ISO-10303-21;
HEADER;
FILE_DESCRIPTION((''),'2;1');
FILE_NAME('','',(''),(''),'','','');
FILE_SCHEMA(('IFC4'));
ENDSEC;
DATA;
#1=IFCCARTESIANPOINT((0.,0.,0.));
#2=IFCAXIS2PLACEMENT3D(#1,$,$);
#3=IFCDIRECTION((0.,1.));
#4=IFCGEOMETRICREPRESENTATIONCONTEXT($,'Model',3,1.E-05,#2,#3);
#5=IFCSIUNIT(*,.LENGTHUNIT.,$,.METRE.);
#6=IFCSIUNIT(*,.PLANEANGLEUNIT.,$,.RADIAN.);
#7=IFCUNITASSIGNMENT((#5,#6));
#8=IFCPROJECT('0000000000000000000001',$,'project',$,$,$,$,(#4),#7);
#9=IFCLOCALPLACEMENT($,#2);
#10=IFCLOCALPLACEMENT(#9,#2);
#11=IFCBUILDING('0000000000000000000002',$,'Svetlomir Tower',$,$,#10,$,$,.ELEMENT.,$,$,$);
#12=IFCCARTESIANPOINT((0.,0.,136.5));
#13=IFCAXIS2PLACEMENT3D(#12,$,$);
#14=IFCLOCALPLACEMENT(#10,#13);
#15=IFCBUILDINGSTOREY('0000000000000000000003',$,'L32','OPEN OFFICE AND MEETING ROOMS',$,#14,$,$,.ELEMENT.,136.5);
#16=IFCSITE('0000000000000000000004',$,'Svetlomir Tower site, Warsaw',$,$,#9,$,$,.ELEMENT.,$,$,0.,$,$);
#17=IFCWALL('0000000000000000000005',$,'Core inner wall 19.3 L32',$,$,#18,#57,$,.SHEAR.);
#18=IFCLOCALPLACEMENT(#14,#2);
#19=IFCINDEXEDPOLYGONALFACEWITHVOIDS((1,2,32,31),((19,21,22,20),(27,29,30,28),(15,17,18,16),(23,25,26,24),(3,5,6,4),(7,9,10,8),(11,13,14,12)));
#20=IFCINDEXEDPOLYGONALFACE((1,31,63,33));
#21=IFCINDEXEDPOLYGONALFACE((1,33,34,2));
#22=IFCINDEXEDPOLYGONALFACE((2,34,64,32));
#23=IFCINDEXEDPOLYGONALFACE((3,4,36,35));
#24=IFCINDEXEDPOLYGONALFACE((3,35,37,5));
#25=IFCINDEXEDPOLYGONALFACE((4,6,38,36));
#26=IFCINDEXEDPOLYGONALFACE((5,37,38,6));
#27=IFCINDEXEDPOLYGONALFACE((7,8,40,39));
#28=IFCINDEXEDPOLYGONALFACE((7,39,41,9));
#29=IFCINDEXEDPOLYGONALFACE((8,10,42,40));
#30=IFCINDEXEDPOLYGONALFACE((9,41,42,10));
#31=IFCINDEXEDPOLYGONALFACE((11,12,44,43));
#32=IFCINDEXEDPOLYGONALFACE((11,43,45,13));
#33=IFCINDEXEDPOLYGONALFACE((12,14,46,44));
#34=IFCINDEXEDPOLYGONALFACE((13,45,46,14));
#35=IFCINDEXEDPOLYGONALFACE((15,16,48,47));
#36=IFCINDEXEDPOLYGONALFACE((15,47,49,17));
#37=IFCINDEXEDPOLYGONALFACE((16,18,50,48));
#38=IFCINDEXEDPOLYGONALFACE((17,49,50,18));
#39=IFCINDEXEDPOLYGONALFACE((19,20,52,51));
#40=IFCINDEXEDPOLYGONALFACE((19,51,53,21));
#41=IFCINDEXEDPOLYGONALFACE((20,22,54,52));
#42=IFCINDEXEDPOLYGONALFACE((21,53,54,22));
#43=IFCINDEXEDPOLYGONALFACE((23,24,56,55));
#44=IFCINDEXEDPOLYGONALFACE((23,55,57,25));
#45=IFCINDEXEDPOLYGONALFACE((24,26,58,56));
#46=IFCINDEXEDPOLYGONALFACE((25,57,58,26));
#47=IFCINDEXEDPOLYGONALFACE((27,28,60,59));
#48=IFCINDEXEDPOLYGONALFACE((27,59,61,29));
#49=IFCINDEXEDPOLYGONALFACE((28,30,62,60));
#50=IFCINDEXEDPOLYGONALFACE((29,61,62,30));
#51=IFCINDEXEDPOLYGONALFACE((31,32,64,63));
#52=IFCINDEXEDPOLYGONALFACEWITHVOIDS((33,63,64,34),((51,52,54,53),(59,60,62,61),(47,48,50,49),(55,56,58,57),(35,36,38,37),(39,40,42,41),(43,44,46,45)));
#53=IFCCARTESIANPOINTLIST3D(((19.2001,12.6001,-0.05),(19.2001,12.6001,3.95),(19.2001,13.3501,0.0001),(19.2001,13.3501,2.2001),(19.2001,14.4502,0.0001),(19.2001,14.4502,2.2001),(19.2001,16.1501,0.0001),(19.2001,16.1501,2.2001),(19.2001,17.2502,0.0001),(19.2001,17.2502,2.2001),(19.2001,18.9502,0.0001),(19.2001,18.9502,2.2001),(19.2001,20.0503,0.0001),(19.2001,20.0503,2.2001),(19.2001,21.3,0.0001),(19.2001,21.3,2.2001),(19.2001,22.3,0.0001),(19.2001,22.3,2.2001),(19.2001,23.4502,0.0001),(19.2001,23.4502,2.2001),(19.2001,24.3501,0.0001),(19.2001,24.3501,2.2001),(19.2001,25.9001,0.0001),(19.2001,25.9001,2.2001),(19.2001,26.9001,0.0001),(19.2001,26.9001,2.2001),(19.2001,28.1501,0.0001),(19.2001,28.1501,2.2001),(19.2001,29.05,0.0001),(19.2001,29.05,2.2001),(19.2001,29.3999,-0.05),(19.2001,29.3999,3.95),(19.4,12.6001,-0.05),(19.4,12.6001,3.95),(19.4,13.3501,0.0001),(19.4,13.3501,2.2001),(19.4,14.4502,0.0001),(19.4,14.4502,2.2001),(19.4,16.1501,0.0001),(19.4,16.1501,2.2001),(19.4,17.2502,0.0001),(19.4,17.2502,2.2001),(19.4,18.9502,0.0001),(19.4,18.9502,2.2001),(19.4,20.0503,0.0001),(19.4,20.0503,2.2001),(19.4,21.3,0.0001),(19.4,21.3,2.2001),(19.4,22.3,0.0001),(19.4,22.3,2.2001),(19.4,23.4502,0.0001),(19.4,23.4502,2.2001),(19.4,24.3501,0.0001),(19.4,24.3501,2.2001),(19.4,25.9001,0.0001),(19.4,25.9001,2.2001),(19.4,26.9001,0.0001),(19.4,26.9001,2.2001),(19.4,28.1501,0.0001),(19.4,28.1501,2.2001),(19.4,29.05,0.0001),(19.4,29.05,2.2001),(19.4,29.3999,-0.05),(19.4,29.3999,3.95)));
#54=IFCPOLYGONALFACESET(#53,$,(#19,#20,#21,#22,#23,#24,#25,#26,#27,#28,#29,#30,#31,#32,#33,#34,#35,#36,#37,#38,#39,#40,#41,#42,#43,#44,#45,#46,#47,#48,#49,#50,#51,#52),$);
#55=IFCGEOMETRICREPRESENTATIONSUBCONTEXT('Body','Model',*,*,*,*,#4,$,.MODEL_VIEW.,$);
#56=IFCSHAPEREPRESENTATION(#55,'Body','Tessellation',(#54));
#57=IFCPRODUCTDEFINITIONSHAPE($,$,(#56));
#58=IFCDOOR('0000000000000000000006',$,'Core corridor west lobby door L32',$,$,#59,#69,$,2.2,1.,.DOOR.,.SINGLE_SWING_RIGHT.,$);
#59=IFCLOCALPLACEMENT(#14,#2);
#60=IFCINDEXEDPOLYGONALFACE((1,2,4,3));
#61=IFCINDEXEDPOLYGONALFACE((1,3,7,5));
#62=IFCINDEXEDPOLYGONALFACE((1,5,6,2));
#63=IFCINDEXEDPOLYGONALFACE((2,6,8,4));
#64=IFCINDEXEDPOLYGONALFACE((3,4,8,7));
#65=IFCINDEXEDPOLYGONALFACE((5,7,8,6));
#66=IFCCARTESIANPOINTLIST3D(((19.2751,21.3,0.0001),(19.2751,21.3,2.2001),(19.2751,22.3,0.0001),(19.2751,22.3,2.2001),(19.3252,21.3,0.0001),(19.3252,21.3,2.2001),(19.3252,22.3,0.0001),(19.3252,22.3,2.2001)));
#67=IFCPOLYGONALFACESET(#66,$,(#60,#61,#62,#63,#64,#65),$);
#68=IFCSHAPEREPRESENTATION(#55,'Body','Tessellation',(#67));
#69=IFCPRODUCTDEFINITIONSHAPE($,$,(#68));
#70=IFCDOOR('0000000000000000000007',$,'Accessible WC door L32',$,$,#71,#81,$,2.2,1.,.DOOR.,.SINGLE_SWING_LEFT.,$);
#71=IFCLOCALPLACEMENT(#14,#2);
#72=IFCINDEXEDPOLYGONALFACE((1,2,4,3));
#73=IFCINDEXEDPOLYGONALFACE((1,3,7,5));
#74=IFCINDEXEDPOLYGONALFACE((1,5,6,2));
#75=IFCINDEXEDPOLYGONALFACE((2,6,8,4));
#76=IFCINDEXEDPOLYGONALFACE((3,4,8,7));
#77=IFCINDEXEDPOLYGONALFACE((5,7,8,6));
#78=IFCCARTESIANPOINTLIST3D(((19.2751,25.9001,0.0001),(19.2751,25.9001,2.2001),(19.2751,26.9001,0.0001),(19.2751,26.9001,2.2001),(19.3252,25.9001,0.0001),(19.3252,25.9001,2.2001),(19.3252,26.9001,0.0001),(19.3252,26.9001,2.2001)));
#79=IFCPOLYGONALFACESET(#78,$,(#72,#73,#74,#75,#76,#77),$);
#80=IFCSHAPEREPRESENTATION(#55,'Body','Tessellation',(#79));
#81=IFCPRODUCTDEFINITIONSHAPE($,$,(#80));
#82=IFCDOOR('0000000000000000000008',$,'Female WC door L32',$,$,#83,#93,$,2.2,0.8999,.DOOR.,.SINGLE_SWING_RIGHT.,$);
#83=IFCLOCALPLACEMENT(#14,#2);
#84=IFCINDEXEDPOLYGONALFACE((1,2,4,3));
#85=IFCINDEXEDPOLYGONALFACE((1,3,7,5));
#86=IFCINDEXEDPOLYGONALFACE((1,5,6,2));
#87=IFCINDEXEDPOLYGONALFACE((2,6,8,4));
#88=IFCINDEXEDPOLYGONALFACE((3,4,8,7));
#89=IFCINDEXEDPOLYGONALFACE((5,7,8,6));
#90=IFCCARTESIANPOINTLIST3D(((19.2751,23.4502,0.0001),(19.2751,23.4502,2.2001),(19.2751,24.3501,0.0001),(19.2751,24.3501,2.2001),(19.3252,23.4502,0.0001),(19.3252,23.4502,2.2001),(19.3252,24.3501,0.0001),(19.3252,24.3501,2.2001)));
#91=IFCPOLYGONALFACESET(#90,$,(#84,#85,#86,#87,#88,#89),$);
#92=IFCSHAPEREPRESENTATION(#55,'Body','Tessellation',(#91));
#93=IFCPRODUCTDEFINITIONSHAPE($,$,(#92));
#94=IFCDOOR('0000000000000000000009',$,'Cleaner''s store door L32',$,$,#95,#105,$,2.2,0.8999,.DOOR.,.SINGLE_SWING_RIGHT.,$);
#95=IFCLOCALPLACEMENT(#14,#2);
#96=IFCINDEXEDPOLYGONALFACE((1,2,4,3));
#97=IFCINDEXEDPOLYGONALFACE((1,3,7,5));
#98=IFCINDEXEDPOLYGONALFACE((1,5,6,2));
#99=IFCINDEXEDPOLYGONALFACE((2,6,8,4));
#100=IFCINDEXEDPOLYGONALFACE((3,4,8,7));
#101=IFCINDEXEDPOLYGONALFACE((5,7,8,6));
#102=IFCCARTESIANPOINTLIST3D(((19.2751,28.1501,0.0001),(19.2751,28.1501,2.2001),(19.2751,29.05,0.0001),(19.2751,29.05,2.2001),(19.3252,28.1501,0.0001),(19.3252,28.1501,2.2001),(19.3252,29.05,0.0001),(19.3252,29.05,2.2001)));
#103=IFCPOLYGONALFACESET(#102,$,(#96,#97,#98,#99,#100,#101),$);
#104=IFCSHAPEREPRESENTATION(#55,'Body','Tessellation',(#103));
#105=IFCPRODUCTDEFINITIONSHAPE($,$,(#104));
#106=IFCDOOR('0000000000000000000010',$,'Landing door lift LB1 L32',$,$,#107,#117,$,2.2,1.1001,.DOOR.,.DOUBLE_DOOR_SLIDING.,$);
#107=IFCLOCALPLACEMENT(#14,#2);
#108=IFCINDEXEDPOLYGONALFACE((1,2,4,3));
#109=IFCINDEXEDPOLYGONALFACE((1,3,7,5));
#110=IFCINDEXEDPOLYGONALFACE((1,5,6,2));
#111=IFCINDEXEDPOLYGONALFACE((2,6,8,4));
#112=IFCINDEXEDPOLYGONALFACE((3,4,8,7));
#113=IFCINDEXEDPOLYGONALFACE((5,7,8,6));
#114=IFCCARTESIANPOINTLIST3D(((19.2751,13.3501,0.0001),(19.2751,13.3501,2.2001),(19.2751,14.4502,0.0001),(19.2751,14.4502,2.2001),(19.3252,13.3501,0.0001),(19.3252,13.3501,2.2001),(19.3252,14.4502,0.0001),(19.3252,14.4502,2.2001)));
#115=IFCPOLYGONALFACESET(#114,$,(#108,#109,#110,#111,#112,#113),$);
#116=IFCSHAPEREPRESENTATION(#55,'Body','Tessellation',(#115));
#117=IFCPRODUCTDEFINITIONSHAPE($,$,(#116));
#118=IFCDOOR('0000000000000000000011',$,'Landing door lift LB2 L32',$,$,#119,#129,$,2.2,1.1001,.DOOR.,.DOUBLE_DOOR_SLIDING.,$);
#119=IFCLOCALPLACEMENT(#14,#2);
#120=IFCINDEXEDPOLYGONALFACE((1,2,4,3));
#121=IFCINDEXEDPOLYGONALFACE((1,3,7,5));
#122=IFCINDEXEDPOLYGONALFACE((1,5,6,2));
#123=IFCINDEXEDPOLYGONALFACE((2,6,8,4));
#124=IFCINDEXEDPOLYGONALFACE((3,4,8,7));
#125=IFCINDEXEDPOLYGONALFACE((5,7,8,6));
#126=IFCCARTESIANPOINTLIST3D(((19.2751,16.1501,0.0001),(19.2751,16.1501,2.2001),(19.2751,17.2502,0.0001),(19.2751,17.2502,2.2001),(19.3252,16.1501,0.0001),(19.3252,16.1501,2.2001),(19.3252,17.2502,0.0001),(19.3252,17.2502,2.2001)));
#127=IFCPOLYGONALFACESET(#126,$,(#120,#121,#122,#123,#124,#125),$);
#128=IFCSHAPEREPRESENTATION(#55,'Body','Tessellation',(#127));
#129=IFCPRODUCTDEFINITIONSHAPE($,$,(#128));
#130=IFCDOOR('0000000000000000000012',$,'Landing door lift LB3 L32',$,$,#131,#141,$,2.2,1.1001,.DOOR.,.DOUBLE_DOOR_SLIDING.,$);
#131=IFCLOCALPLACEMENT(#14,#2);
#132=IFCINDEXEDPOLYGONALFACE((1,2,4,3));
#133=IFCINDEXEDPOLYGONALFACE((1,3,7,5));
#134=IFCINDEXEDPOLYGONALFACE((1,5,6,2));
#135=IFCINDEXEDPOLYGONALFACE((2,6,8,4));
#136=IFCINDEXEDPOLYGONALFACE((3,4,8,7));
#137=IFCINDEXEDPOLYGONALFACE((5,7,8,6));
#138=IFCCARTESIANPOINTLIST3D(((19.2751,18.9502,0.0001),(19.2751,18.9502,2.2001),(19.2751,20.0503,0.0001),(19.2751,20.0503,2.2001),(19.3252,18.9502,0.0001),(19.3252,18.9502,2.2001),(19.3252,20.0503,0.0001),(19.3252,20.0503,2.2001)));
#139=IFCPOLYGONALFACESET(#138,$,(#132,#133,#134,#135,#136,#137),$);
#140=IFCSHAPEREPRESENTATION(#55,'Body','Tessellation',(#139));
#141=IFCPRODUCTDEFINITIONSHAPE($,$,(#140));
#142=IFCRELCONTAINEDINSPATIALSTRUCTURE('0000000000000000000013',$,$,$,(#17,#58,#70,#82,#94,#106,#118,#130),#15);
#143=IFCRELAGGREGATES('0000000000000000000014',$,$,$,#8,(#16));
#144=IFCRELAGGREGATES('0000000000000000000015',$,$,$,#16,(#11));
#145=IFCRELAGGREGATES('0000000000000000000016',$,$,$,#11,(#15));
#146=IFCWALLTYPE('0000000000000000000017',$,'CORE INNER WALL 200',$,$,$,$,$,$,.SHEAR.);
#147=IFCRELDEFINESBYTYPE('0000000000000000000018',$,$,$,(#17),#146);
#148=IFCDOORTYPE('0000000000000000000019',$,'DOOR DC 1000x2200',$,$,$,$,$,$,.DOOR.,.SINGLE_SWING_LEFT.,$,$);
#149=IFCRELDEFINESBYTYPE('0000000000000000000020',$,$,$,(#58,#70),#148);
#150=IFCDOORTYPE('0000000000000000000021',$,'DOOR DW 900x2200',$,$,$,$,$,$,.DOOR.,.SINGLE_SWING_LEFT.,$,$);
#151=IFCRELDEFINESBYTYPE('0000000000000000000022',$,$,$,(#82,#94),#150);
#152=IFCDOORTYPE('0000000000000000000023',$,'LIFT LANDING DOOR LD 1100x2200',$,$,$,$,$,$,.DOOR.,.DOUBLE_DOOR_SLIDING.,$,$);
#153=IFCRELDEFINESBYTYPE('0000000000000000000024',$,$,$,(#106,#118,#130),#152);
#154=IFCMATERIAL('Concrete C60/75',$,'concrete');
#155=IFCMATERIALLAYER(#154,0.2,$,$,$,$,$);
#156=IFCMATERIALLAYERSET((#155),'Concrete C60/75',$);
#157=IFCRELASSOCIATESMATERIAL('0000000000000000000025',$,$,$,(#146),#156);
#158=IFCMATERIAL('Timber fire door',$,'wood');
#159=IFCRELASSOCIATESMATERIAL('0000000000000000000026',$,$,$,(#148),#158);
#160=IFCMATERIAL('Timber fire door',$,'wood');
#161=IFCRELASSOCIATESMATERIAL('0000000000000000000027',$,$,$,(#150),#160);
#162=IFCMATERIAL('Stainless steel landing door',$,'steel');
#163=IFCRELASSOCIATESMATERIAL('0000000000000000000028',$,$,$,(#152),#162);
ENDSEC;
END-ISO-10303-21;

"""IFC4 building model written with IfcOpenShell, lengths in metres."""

from ifc_helpers import new_model, si_unit, direction, frame, frame_2d, origin, place, context, subcontext, project, spatial, rectangle, extrude, material, layer, layer_set, type_object, element, fill, save


model = new_model("IFC4")

# Units and contexts
model_context = context("Model", 3, precision=1e-05, world=origin(), true_north=direction((0.0, 1.0)))
body_context = subcontext(model_context, "Body", "Model", "MODEL_VIEW")
ifc_project = project(units=[si_unit("LENGTHUNIT", "METRE"), si_unit("PLANEANGLEUNIT", "RADIAN")], contexts=[model_context])

# Site, building, storey
site_placement = place(None, origin())
site = spatial("IfcSite", under=ifc_project, at=site_placement, Name="Svetlomir Tower site, Warsaw", CompositionType="ELEMENT", RefElevation=0.0)
building_placement = place(site_placement, origin())
building = spatial("IfcBuilding", under=site, at=building_placement, Name="Svetlomir Tower", CompositionType="ELEMENT")
storey_placement = place(building_placement, frame((0.0, 0.0, 136.5)))
storey = spatial("IfcBuildingStorey", under=building, at=storey_placement, Name="L32", Description="OPEN OFFICE AND MEETING ROOMS", CompositionType="ELEMENT", Elevation=136.5)

# Shared definitions
ifc_material_1 = material(Name="Concrete C60/75", Category="concrete")
ifc_layer_1 = layer(ifc_material_1, 0.2)
ifc_layer_set_1 = layer_set([ifc_layer_1], Name="Concrete C60/75")
wall_type_1 = type_object("IfcWallType", Name="CORE INNER WALL 200", PredefinedType="SHEAR", material=ifc_layer_set_1)

# Wall, openings, doors
wall_1_placement = place(storey_placement, frame((19.3, 12.6001, -0.05), z_axis=(0.0, 0.0, 1.0), x_axis=(0.0, 1.0, 0.0)))
wall_1 = element("IfcWall", 1, at=wall_1_placement, inside=storey, type_object=wall_type_1, Name="Core inner wall 19.3 L32", PredefinedType="SHEAR", context=body_context, shape_type="SweptSolid", body=[
    extrude(rectangle(XDim=16.7998, YDim=0.2, at=frame_2d((8.3999, 0.0))), origin(), (0.0, 0.0, 1.0), 4.0),
])
opening_1_placement = place(wall_1_placement, frame((8.7, 0.0, 0.05)))
opening_1 = element("IfcOpeningElement", 2, at=opening_1_placement, cuts=wall_1, PredefinedType="OPENING", context=body_context, shape_type="SweptSolid", body=[
    extrude(rectangle(XDim=1.0, YDim=2.2, at=frame_2d((0.5, 1.1001))), frame((0.0, 0.1099, 0.0), z_axis=(0.0, -1.0, 0.0), x_axis=(1.0, 0.0, 0.0)), (0.0, 0.0, 1.0), 0.22),
])
opening_2_placement = place(wall_1_placement, frame((10.8501, 0.0, 0.05)))
opening_2 = element("IfcOpeningElement", 3, at=opening_2_placement, cuts=wall_1, PredefinedType="OPENING", context=body_context, shape_type="SweptSolid", body=[
    extrude(rectangle(XDim=0.8999, YDim=2.2, at=frame_2d((0.45, 1.1001))), frame((0.0, 0.1099, 0.0), z_axis=(0.0, -1.0, 0.0), x_axis=(1.0, 0.0, 0.0)), (0.0, 0.0, 1.0), 0.22),
])
opening_3_placement = place(wall_1_placement, frame((13.3, 0.0, 0.05)))
opening_3 = element("IfcOpeningElement", 4, at=opening_3_placement, cuts=wall_1, PredefinedType="OPENING", context=body_context, shape_type="SweptSolid", body=[
    extrude(rectangle(XDim=1.0, YDim=2.2, at=frame_2d((0.5, 1.1001))), frame((0.0, 0.1099, 0.0), z_axis=(0.0, -1.0, 0.0), x_axis=(1.0, 0.0, 0.0)), (0.0, 0.0, 1.0), 0.22),
])
opening_4_placement = place(wall_1_placement, frame((15.55, 0.0, 0.05)))
opening_4 = element("IfcOpeningElement", 5, at=opening_4_placement, cuts=wall_1, PredefinedType="OPENING", context=body_context, shape_type="SweptSolid", body=[
    extrude(rectangle(XDim=0.8999, YDim=2.2, at=frame_2d((0.45, 1.1001))), frame((0.0, 0.1099, 0.0), z_axis=(0.0, -1.0, 0.0), x_axis=(1.0, 0.0, 0.0)), (0.0, 0.0, 1.0), 0.22),
])
opening_5_placement = place(wall_1_placement, frame((0.75, 0.0, 0.05)))
opening_5 = element("IfcOpeningElement", 6, at=opening_5_placement, cuts=wall_1, PredefinedType="OPENING", context=body_context, shape_type="SweptSolid", body=[
    extrude(rectangle(XDim=1.1001, YDim=2.2, at=frame_2d((0.55, 1.1001))), frame((0.0, 0.1099, 0.0), z_axis=(0.0, -1.0, 0.0), x_axis=(1.0, 0.0, 0.0)), (0.0, 0.0, 1.0), 0.22),
])
opening_6_placement = place(wall_1_placement, frame((3.55, 0.0, 0.05)))
opening_6 = element("IfcOpeningElement", 7, at=opening_6_placement, cuts=wall_1, PredefinedType="OPENING", context=body_context, shape_type="SweptSolid", body=[
    extrude(rectangle(XDim=1.1001, YDim=2.2, at=frame_2d((0.55, 1.1001))), frame((0.0, 0.1099, 0.0), z_axis=(0.0, -1.0, 0.0), x_axis=(1.0, 0.0, 0.0)), (0.0, 0.0, 1.0), 0.22),
])
opening_7_placement = place(wall_1_placement, frame((6.3501, 0.0, 0.05)))
opening_7 = element("IfcOpeningElement", 8, at=opening_7_placement, cuts=wall_1, PredefinedType="OPENING", context=body_context, shape_type="SweptSolid", body=[
    extrude(rectangle(XDim=1.1001, YDim=2.2, at=frame_2d((0.55, 1.1001))), frame((0.0, 0.1099, 0.0), z_axis=(0.0, -1.0, 0.0), x_axis=(1.0, 0.0, 0.0)), (0.0, 0.0, 1.0), 0.22),
])
ifc_material_2 = material(Name="Timber fire door", Category="wood")
door_type_1 = type_object("IfcDoorType", Name="DOOR DC 1000x2200", OperationType="SINGLE_SWING_LEFT", PredefinedType="DOOR", material=ifc_material_2)
door_1_placement = place(opening_1_placement, origin())
door_1 = element("IfcDoor", 9, at=door_1_placement, inside=storey, type_object=door_type_1, Name="Core corridor west lobby door L32", OperationType="SINGLE_SWING_RIGHT", OverallHeight=2.2, OverallWidth=1.0, PredefinedType="DOOR", context=body_context, shape_type="SweptSolid", body=[
    extrude(rectangle(XDim=1.0, YDim=2.2, at=frame_2d((0.5, 1.1001))), frame((0.0, 0.0249, 0.0), z_axis=(0.0, -1.0, 0.0), x_axis=(1.0, 0.0, 0.0)), (0.0, 0.0, 1.0), 0.05),
])
fill(opening_1, door_1)
door_2_placement = place(opening_3_placement, origin())
door_2 = element("IfcDoor", 10, at=door_2_placement, inside=storey, type_object=door_type_1, Name="Accessible WC door L32", OperationType="SINGLE_SWING_LEFT", OverallHeight=2.2, OverallWidth=1.0, PredefinedType="DOOR", context=body_context, shape_type="SweptSolid", body=[
    extrude(rectangle(XDim=1.0, YDim=2.2, at=frame_2d((0.5, 1.1001))), frame((0.0, 0.0249, 0.0), z_axis=(0.0, -1.0, 0.0), x_axis=(1.0, 0.0, 0.0)), (0.0, 0.0, 1.0), 0.05),
])
fill(opening_3, door_2)
ifc_material_3 = material(Name="Timber fire door", Category="wood")
door_type_2 = type_object("IfcDoorType", Name="DOOR DW 900x2200", OperationType="SINGLE_SWING_LEFT", PredefinedType="DOOR", material=ifc_material_3)
door_3_placement = place(opening_2_placement, origin())
door_3 = element("IfcDoor", 11, at=door_3_placement, inside=storey, type_object=door_type_2, Name="Female WC door L32", OperationType="SINGLE_SWING_RIGHT", OverallHeight=2.2, OverallWidth=0.8999, PredefinedType="DOOR", context=body_context, shape_type="SweptSolid", body=[
    extrude(rectangle(XDim=0.8999, YDim=2.2, at=frame_2d((0.45, 1.1001))), frame((0.0, 0.0249, 0.0), z_axis=(0.0, -1.0, 0.0), x_axis=(1.0, 0.0, 0.0)), (0.0, 0.0, 1.0), 0.05),
])
fill(opening_2, door_3)
door_4_placement = place(opening_4_placement, origin())
door_4 = element("IfcDoor", 12, at=door_4_placement, inside=storey, type_object=door_type_2, Name="Cleaner's store door L32", OperationType="SINGLE_SWING_RIGHT", OverallHeight=2.2, OverallWidth=0.8999, PredefinedType="DOOR", context=body_context, shape_type="SweptSolid", body=[
    extrude(rectangle(XDim=0.8999, YDim=2.2, at=frame_2d((0.45, 1.1001))), frame((0.0, 0.0249, 0.0), z_axis=(0.0, -1.0, 0.0), x_axis=(1.0, 0.0, 0.0)), (0.0, 0.0, 1.0), 0.05),
])
fill(opening_4, door_4)
ifc_material_4 = material(Name="Stainless steel landing door", Category="steel")
door_type_3 = type_object("IfcDoorType", Name="LIFT LANDING DOOR LD 1100x2200", OperationType="DOUBLE_DOOR_SLIDING", PredefinedType="DOOR", material=ifc_material_4)
door_5_placement = place(opening_5_placement, origin())
door_5 = element("IfcDoor", 13, at=door_5_placement, inside=storey, type_object=door_type_3, Name="Landing door lift LB1 L32", OperationType="DOUBLE_DOOR_SLIDING", OverallHeight=2.2, OverallWidth=1.1001, PredefinedType="DOOR", context=body_context, shape_type="SweptSolid", body=[
    extrude(rectangle(XDim=1.1001, YDim=2.2, at=frame_2d((0.55, 1.1001))), frame((0.0, 0.0249, 0.0), z_axis=(0.0, -1.0, 0.0), x_axis=(1.0, 0.0, 0.0)), (0.0, 0.0, 1.0), 0.05),
])
fill(opening_5, door_5)
door_6_placement = place(opening_6_placement, origin())
door_6 = element("IfcDoor", 14, at=door_6_placement, inside=storey, type_object=door_type_3, Name="Landing door lift LB2 L32", OperationType="DOUBLE_DOOR_SLIDING", OverallHeight=2.2, OverallWidth=1.1001, PredefinedType="DOOR", context=body_context, shape_type="SweptSolid", body=[
    extrude(rectangle(XDim=1.1001, YDim=2.2, at=frame_2d((0.55, 1.1001))), frame((0.0, 0.0249, 0.0), z_axis=(0.0, -1.0, 0.0), x_axis=(1.0, 0.0, 0.0)), (0.0, 0.0, 1.0), 0.05),
])
fill(opening_6, door_6)
door_7_placement = place(opening_7_placement, origin())
door_7 = element("IfcDoor", 15, at=door_7_placement, inside=storey, type_object=door_type_3, Name="Landing door lift LB3 L32", OperationType="DOUBLE_DOOR_SLIDING", OverallHeight=2.2, OverallWidth=1.1001, PredefinedType="DOOR", context=body_context, shape_type="SweptSolid", body=[
    extrude(rectangle(XDim=1.1001, YDim=2.2, at=frame_2d((0.55, 1.1001))), frame((0.0, 0.0249, 0.0), z_axis=(0.0, -1.0, 0.0), x_axis=(1.0, 0.0, 0.0)), (0.0, 0.0, 1.0), 0.05),
])
fill(opening_7, door_7)

save(model, "model.ifc")
